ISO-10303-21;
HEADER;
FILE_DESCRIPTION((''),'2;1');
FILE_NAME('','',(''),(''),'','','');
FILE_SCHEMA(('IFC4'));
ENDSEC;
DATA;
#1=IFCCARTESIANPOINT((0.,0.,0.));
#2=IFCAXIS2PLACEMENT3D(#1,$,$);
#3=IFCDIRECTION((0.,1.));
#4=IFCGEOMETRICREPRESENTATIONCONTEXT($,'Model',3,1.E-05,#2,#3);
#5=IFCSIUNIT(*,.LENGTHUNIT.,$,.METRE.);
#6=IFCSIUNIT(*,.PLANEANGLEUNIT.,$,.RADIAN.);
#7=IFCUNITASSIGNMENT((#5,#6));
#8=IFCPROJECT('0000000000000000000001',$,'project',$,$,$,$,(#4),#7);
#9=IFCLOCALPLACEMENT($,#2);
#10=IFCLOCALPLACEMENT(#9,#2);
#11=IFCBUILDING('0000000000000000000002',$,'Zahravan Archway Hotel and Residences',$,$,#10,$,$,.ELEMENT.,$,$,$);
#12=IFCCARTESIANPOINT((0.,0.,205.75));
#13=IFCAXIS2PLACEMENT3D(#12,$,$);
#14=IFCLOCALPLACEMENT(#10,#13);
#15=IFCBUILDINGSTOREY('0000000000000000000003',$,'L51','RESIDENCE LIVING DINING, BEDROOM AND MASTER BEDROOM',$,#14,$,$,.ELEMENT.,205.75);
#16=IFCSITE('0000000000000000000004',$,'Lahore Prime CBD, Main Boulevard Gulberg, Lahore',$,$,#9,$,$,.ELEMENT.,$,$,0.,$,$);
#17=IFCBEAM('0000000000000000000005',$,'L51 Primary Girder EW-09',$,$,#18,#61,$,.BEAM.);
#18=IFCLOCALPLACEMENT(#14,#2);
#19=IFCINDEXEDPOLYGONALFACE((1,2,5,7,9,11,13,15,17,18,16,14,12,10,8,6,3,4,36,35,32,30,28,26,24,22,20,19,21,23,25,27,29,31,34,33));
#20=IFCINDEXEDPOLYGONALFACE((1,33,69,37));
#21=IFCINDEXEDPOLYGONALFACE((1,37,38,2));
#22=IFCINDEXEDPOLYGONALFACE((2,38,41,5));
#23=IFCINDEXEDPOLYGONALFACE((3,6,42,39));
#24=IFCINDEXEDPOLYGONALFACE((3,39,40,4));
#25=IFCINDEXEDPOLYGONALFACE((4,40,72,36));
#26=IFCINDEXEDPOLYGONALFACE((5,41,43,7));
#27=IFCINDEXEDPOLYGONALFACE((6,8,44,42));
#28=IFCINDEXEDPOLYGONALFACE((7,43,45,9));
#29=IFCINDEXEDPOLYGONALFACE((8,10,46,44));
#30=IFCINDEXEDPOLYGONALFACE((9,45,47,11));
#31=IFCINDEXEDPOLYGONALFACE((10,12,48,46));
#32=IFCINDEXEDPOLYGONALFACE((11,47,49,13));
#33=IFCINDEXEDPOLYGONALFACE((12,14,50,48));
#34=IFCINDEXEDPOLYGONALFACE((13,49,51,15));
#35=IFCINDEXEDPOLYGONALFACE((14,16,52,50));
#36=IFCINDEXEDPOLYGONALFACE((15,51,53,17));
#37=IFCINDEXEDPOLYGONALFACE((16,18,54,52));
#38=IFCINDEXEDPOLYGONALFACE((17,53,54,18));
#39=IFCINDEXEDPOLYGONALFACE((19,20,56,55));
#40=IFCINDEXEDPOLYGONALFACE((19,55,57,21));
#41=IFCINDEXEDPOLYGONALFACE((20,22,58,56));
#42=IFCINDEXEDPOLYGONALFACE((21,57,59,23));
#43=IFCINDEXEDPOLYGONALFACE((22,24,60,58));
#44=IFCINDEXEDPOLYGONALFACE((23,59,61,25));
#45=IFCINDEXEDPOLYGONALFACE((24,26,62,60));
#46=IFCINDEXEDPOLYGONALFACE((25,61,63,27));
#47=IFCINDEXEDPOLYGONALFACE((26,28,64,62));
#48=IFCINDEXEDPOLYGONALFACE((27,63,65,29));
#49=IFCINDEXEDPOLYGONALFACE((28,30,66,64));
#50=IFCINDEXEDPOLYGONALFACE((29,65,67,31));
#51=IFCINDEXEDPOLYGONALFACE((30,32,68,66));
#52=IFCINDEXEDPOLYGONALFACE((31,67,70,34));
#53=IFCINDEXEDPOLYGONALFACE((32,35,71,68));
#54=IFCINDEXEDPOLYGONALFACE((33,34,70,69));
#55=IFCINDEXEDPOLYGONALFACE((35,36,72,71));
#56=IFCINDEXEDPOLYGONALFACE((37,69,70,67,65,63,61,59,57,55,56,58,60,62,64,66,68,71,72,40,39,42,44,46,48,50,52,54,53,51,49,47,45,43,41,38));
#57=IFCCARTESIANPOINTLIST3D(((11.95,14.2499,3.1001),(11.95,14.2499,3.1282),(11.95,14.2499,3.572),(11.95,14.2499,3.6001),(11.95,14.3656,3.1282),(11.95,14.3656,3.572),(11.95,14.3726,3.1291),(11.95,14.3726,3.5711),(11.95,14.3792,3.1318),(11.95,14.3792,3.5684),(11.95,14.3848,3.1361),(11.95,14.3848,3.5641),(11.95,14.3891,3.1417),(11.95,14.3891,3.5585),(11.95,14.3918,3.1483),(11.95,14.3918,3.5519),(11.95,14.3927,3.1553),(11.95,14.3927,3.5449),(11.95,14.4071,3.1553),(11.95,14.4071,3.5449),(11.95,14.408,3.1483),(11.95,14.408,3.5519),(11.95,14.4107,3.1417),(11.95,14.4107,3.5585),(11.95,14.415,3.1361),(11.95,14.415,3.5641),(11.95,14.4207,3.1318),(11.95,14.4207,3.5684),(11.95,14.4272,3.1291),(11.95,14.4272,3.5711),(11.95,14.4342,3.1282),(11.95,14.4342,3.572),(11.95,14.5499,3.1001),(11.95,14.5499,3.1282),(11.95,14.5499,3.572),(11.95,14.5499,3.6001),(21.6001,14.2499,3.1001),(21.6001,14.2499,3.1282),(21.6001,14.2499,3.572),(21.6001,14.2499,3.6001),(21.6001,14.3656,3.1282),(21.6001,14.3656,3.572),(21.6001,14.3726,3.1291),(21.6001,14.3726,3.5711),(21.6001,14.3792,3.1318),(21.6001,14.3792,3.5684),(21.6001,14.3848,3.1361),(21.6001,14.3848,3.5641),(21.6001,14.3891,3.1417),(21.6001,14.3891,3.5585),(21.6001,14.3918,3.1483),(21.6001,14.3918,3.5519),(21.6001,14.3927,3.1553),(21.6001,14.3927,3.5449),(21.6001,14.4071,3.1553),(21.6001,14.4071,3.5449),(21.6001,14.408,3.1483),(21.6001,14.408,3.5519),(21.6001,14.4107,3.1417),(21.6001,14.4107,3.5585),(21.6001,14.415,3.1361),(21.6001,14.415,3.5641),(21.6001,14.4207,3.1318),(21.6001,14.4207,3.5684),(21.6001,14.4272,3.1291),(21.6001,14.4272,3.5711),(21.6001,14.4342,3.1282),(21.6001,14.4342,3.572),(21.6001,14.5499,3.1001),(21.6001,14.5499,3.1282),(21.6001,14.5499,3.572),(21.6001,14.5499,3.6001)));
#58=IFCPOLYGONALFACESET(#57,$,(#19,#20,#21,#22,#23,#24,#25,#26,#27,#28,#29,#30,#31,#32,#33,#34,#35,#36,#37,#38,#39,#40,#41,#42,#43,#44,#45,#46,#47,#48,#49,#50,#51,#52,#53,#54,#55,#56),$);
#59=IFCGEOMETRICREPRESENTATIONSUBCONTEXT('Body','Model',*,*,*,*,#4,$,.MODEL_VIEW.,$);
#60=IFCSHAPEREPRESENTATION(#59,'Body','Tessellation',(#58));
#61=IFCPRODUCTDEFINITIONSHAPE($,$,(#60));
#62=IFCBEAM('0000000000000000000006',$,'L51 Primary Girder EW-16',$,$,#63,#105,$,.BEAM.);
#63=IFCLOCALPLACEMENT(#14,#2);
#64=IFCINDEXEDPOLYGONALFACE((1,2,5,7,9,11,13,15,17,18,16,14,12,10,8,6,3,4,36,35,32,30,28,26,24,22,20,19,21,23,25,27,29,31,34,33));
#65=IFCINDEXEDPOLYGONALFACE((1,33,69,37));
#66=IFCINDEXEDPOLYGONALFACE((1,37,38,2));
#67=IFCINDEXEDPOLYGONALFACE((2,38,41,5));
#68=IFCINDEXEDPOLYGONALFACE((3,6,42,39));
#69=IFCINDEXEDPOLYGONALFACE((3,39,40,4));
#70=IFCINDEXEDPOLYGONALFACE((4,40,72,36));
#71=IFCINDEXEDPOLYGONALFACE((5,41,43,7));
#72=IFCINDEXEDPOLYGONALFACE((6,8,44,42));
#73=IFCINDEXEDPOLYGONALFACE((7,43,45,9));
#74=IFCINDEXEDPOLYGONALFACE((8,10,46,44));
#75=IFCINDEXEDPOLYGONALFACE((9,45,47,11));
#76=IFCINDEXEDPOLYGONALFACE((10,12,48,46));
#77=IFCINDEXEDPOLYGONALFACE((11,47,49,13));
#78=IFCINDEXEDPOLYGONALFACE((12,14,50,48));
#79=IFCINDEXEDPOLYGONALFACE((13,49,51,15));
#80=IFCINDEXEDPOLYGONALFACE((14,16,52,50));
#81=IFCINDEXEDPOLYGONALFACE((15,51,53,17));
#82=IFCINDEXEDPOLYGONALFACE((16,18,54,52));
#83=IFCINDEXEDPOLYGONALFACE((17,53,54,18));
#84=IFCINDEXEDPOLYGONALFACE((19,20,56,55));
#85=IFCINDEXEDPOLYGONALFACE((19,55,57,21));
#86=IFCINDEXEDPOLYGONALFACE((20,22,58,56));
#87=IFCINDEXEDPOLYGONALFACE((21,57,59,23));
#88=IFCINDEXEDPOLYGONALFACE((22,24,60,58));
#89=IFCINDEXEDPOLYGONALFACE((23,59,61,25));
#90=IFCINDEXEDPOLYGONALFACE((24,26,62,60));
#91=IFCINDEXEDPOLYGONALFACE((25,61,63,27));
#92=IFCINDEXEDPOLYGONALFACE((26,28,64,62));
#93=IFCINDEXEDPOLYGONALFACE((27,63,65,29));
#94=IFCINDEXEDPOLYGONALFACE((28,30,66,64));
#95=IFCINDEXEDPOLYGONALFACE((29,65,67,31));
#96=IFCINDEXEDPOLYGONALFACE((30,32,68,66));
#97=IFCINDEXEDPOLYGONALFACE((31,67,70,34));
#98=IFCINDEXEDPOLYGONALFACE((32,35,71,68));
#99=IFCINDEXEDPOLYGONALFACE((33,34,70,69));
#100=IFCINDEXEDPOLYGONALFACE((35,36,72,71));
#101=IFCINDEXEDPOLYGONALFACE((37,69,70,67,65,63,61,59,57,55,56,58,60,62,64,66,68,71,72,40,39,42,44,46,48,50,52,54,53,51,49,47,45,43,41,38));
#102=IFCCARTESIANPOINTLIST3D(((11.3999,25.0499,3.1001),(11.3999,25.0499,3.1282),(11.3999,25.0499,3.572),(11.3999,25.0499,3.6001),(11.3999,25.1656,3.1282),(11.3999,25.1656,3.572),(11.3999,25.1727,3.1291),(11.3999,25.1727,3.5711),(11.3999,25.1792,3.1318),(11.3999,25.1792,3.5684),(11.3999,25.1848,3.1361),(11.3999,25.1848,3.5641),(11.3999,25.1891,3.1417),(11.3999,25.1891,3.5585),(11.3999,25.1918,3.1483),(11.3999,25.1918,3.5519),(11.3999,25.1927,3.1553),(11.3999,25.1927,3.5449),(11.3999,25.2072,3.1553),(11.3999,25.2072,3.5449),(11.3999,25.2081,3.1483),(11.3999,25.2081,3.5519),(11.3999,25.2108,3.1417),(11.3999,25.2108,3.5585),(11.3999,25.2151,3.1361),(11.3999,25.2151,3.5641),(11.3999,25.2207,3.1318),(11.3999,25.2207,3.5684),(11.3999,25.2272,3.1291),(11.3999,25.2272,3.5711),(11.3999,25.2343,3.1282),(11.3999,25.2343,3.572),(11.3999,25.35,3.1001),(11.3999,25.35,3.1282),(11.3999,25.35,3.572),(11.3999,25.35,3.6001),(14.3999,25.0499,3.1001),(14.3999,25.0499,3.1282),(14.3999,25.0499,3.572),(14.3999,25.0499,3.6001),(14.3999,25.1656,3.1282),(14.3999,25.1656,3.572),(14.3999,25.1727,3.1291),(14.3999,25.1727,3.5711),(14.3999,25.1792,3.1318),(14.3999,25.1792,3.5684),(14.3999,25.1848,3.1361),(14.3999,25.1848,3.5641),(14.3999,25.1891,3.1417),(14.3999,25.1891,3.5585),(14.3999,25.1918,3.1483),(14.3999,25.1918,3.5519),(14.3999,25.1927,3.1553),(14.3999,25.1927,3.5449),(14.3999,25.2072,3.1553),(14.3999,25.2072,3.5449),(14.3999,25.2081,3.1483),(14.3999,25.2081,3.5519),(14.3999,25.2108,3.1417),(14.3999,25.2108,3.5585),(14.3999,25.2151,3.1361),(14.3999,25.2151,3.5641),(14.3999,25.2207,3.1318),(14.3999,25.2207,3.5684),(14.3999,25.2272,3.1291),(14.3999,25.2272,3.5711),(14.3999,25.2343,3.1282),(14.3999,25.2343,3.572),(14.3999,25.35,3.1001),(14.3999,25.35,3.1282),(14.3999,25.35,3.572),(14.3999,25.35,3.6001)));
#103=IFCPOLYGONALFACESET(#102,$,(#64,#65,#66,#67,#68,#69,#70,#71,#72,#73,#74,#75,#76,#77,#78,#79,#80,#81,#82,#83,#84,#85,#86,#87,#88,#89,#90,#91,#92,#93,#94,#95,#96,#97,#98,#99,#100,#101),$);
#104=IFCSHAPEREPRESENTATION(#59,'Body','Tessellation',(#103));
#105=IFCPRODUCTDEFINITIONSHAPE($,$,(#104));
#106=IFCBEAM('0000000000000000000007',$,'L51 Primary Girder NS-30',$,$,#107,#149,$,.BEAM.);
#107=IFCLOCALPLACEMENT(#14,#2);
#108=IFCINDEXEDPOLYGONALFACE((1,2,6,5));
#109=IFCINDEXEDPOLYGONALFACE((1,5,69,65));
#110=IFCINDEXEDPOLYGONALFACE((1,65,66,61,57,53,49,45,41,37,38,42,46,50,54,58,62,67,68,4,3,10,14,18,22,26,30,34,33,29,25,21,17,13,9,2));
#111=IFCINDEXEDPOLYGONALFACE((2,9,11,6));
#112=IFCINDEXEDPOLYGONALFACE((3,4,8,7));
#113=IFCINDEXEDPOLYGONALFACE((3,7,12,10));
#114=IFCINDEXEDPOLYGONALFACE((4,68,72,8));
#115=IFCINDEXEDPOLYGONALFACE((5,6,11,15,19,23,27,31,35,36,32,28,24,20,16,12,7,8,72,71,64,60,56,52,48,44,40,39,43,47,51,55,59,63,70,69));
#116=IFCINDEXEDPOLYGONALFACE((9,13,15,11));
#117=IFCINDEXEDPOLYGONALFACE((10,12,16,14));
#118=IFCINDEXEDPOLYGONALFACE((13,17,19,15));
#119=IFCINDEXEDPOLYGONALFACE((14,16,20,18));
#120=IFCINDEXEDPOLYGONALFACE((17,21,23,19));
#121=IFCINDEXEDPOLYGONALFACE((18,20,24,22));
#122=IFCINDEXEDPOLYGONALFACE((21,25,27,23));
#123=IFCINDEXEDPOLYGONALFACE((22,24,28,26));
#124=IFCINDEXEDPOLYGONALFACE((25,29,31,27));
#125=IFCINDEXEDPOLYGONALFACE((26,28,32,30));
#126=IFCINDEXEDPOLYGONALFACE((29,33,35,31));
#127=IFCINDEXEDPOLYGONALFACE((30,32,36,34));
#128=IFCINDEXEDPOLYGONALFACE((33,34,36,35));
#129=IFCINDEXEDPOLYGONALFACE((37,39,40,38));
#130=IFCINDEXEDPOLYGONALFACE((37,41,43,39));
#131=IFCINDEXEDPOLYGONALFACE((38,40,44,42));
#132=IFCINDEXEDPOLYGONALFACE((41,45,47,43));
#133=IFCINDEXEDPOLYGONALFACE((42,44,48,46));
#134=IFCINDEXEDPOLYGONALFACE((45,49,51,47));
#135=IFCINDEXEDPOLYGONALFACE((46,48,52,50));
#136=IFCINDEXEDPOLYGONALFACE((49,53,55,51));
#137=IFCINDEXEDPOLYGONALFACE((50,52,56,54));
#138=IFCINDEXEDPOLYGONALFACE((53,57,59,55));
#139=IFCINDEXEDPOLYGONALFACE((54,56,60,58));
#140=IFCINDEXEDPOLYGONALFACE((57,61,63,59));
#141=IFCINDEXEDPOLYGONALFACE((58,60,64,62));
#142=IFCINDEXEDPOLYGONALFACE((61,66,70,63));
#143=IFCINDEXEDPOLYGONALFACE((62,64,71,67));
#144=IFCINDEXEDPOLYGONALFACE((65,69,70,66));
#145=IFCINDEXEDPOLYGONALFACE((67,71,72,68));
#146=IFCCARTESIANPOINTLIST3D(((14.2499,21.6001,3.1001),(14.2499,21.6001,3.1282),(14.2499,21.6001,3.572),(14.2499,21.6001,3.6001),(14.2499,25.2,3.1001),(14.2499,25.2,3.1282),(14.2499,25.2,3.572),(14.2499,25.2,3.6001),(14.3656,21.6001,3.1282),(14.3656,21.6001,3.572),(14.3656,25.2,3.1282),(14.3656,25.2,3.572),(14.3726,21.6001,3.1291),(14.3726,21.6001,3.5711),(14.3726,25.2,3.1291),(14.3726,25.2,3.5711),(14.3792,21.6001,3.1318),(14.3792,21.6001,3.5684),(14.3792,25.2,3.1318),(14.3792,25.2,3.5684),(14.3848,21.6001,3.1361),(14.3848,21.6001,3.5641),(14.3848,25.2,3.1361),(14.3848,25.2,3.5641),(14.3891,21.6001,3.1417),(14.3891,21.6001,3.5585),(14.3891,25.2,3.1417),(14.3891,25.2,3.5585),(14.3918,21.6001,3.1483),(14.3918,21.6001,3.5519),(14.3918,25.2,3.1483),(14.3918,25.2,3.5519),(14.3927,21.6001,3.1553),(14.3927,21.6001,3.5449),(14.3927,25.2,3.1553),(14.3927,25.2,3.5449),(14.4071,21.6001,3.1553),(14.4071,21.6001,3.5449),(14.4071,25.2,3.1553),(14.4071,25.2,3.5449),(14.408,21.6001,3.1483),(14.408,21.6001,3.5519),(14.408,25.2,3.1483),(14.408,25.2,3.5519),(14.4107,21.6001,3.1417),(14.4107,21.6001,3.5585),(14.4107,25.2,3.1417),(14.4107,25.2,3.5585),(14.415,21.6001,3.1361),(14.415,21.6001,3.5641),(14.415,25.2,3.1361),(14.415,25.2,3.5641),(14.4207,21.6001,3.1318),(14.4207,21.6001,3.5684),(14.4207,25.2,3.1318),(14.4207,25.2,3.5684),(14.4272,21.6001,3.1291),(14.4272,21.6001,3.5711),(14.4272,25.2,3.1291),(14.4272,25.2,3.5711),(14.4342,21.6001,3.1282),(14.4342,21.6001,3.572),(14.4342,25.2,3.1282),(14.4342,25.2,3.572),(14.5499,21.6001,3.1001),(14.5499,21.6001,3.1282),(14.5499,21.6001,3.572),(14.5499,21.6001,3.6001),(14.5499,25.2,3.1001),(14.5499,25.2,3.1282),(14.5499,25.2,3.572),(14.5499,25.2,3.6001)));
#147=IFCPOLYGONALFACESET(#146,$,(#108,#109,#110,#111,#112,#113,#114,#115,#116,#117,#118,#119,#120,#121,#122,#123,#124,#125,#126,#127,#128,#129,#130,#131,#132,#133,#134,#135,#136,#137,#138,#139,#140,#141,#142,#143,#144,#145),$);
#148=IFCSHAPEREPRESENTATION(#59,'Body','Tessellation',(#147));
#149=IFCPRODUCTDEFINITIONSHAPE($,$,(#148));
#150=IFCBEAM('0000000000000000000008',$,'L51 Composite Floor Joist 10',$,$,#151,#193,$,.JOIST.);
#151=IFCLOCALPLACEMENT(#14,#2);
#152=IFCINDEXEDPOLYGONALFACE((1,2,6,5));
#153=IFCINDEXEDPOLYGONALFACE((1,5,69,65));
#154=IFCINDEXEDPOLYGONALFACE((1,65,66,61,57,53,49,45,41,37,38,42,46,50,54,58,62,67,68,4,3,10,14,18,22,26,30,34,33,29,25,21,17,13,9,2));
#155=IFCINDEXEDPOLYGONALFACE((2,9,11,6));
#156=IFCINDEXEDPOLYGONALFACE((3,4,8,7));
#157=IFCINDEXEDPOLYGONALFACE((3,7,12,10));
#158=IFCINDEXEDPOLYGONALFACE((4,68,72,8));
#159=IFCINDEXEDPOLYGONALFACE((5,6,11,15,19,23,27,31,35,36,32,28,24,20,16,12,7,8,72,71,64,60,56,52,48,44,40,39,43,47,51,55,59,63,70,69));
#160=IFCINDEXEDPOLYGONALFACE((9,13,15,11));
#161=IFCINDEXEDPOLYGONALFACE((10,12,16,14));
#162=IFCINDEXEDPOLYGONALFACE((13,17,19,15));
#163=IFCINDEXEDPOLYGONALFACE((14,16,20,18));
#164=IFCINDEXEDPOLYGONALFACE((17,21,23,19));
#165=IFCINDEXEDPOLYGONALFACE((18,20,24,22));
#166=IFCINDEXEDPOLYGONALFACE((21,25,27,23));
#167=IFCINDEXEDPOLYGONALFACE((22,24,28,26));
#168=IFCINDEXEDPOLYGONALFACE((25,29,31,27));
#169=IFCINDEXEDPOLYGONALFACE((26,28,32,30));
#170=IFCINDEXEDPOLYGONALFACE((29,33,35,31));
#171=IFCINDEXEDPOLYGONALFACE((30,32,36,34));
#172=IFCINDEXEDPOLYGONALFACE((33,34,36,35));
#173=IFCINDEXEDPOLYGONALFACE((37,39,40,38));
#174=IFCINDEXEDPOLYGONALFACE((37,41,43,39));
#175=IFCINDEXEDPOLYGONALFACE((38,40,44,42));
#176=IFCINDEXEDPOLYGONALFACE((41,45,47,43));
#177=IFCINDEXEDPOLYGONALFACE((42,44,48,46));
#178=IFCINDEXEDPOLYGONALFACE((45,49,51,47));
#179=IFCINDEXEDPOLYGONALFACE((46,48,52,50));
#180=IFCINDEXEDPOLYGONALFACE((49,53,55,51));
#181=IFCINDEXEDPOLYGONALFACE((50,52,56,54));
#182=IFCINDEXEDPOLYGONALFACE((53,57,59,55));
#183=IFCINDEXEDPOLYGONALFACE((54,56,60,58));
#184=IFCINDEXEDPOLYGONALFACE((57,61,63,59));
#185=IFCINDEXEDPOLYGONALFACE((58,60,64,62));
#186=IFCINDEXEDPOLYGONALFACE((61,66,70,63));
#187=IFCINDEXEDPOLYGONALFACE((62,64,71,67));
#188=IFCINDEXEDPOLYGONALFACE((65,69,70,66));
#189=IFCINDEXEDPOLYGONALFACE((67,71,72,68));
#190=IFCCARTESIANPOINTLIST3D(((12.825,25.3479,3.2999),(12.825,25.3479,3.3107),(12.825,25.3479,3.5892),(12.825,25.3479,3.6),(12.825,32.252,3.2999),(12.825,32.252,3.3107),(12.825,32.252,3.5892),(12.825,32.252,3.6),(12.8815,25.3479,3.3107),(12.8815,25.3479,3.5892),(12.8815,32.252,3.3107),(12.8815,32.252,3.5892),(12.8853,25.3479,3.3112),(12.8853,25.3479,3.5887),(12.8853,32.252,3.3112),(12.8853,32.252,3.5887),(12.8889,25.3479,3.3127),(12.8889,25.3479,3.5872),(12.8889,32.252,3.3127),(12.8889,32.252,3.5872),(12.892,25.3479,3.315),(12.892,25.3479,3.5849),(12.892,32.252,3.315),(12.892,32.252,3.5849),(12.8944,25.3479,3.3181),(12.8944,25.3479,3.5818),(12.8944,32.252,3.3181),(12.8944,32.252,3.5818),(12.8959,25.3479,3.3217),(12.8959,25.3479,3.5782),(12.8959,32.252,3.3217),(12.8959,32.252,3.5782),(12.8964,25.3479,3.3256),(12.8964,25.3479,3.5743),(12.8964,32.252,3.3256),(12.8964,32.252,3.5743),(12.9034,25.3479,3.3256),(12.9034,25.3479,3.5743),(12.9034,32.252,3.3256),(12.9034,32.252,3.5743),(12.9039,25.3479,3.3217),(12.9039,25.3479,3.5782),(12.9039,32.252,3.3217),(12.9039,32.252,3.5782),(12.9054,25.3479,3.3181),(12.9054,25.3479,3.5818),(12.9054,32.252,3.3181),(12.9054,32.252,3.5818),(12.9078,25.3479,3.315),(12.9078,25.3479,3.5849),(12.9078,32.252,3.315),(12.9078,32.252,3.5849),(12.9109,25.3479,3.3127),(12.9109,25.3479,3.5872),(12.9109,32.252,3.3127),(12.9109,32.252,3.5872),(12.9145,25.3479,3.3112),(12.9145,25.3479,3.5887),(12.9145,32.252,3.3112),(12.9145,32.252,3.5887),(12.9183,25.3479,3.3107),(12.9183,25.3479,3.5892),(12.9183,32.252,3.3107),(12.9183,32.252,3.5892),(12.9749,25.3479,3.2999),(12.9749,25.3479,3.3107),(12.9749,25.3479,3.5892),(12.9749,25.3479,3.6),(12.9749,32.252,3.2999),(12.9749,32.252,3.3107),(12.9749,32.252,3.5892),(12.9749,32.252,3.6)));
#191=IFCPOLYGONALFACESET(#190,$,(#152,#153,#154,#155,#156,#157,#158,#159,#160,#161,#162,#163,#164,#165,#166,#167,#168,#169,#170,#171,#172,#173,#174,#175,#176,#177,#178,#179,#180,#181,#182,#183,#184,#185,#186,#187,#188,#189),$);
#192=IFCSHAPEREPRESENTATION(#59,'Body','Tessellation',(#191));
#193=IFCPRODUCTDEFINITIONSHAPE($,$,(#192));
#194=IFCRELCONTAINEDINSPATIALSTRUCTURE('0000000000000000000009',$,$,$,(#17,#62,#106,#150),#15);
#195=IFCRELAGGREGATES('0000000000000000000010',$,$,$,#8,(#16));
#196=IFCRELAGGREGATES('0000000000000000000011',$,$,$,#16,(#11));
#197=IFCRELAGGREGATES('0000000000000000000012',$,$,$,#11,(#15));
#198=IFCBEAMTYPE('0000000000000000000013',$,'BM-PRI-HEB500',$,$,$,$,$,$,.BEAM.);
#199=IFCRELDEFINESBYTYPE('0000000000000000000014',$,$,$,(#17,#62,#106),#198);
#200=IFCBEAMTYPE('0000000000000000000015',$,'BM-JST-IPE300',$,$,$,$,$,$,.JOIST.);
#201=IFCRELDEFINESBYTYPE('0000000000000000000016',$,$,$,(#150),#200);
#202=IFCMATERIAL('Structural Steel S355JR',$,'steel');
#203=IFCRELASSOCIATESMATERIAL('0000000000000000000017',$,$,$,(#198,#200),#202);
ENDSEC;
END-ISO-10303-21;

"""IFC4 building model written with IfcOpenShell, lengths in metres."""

from ifc_helpers import new_model, si_unit, direction, frame, origin, origin_2d, place, context, subcontext, project, spatial, i_section, extrude, source, transform, mapped, material, material_profile, profile_set, type_object, type_shapes, element, save


model = new_model("IFC4")

# Units and contexts
model_context = context("Model", 3, precision=1e-05, world=origin(), true_north=direction((0.0, 1.0)))
body_context = subcontext(model_context, "Body", "Model", "MODEL_VIEW")
ifc_project = project(units=[si_unit("LENGTHUNIT", "METRE"), si_unit("PLANEANGLEUNIT", "RADIAN")], contexts=[model_context])

# Site, building, storey
site_placement = place(None, origin())
site = spatial("IfcSite", under=ifc_project, at=site_placement, Name="Lahore Prime CBD, Main Boulevard Gulberg, Lahore", CompositionType="ELEMENT", RefElevation=0.0)
building_placement = place(site_placement, origin())
building = spatial("IfcBuilding", under=site, at=building_placement, Name="Zahravan Archway Hotel and Residences", CompositionType="ELEMENT")
storey_placement = place(building_placement, frame((0.0, 0.0, 205.75)))
storey = spatial("IfcBuildingStorey", under=building, at=storey_placement, Name="L51", Description="RESIDENCE LIVING DINING, BEDROOM AND MASTER BEDROOM", CompositionType="ELEMENT", Elevation=205.75)

# Beams
ifc_material_1 = material(Name="Structural Steel S355JR", Category="steel")
ifc_material_profile_1 = material_profile(ifc_material_1, i_section(OverallWidth=0.3, OverallDepth=0.5, WebThickness=0.0144, FlangeThickness=0.0281, FilletRadius=0.0271, at=origin_2d()), Name="HEB 500", Category="steel")
ifc_profile_set_1 = profile_set([ifc_material_profile_1], Name="Structural Steel S355JR")
beam_type_1 = type_object("IfcBeamType", Name="BM-PRI-HEB500", PredefinedType="BEAM", material=ifc_profile_set_1)
shared_shape_1 = source(origin(), body_context, "Body", "SweptSolid", [
    extrude(i_section(OverallWidth=0.3, OverallDepth=0.5, WebThickness=0.0144, FlangeThickness=0.0281, FilletRadius=0.0271, at=origin_2d()), origin(), (0.0, 0.0, 1.0), 9.6501),
])
beam_1_placement = place(storey_placement, frame((11.95, 14.3999, 3.3501), z_axis=(1.0, 0.0, 0.0), x_axis=(0.0, 1.0, 0.0)))
element("IfcBeam", 1, at=beam_1_placement, inside=storey, type_object=beam_type_1, Name="L51 Primary Girder EW-09", PredefinedType="BEAM", context=body_context, shape_type="MappedRepresentation", body=[
    mapped(shared_shape_1, transform((0.0, 0.0, 0.0), scale=1.0)),
])
shared_shape_2 = source(origin(), body_context, "Body", "SweptSolid", [
    extrude(i_section(OverallWidth=0.3, OverallDepth=0.5, WebThickness=0.0144, FlangeThickness=0.0281, FilletRadius=0.0271, at=origin_2d()), origin(), (0.0, 0.0, 1.0), 3.0),
])
beam_2_placement = place(storey_placement, frame((11.3999, 25.2, 3.3501), z_axis=(1.0, 0.0, 0.0), x_axis=(0.0, 1.0, 0.0)))
element("IfcBeam", 2, at=beam_2_placement, inside=storey, type_object=beam_type_1, Name="L51 Primary Girder EW-16", PredefinedType="BEAM", context=body_context, shape_type="MappedRepresentation", body=[
    mapped(shared_shape_2, transform((0.0, 0.0, 0.0), scale=1.0)),
])
shared_shape_3 = source(origin(), body_context, "Body", "SweptSolid", [
    extrude(i_section(OverallWidth=0.3, OverallDepth=0.5, WebThickness=0.0144, FlangeThickness=0.0281, FilletRadius=0.0271, at=origin_2d()), origin(), (0.0, 0.0, 1.0), 3.5999),
])
beam_3_placement = place(storey_placement, frame((14.3999, 21.6001, 3.3501), z_axis=(0.0, 1.0, 0.0), x_axis=(-1.0, 0.0, 0.0)))
element("IfcBeam", 3, at=beam_3_placement, inside=storey, type_object=beam_type_1, Name="L51 Primary Girder NS-30", PredefinedType="BEAM", context=body_context, shape_type="MappedRepresentation", body=[
    mapped(shared_shape_3, transform((0.0, 0.0, 0.0), scale=1.0)),
])
ifc_material_profile_2 = material_profile(ifc_material_1, i_section(OverallWidth=0.1499, OverallDepth=0.3, WebThickness=0.0071, FlangeThickness=0.0107, FilletRadius=0.0149, at=origin_2d()), Name="IPE 300", Category="steel")
ifc_profile_set_2 = profile_set([ifc_material_profile_2], Name="Structural Steel S355JR")
beam_type_2 = type_object("IfcBeamType", Name="BM-JST-IPE300", PredefinedType="JOIST", material=ifc_profile_set_2)
shared_shape_4 = source(origin(), body_context, "Body", "SweptSolid", [
    extrude(i_section(OverallWidth=0.1499, OverallDepth=0.3, WebThickness=0.0071, FlangeThickness=0.0107, FilletRadius=0.0149, at=origin_2d()), origin(), (0.0, 0.0, 1.0), 6.9041),
])
type_shapes(beam_type_2, [shared_shape_4])
beam_4_placement = place(storey_placement, frame((12.8999, 25.3479, 3.45), z_axis=(0.0, 1.0, 0.0), x_axis=(-1.0, 0.0, 0.0)))
element("IfcBeam", 4, at=beam_4_placement, inside=storey, type_object=beam_type_2, Name="L51 Composite Floor Joist 10", PredefinedType="JOIST", context=body_context, shape_type="MappedRepresentation", body=[
    mapped(shared_shape_4, transform((0.0, 0.0, 0.0), scale=1.0)),
])

save(model, "model.ifc")
